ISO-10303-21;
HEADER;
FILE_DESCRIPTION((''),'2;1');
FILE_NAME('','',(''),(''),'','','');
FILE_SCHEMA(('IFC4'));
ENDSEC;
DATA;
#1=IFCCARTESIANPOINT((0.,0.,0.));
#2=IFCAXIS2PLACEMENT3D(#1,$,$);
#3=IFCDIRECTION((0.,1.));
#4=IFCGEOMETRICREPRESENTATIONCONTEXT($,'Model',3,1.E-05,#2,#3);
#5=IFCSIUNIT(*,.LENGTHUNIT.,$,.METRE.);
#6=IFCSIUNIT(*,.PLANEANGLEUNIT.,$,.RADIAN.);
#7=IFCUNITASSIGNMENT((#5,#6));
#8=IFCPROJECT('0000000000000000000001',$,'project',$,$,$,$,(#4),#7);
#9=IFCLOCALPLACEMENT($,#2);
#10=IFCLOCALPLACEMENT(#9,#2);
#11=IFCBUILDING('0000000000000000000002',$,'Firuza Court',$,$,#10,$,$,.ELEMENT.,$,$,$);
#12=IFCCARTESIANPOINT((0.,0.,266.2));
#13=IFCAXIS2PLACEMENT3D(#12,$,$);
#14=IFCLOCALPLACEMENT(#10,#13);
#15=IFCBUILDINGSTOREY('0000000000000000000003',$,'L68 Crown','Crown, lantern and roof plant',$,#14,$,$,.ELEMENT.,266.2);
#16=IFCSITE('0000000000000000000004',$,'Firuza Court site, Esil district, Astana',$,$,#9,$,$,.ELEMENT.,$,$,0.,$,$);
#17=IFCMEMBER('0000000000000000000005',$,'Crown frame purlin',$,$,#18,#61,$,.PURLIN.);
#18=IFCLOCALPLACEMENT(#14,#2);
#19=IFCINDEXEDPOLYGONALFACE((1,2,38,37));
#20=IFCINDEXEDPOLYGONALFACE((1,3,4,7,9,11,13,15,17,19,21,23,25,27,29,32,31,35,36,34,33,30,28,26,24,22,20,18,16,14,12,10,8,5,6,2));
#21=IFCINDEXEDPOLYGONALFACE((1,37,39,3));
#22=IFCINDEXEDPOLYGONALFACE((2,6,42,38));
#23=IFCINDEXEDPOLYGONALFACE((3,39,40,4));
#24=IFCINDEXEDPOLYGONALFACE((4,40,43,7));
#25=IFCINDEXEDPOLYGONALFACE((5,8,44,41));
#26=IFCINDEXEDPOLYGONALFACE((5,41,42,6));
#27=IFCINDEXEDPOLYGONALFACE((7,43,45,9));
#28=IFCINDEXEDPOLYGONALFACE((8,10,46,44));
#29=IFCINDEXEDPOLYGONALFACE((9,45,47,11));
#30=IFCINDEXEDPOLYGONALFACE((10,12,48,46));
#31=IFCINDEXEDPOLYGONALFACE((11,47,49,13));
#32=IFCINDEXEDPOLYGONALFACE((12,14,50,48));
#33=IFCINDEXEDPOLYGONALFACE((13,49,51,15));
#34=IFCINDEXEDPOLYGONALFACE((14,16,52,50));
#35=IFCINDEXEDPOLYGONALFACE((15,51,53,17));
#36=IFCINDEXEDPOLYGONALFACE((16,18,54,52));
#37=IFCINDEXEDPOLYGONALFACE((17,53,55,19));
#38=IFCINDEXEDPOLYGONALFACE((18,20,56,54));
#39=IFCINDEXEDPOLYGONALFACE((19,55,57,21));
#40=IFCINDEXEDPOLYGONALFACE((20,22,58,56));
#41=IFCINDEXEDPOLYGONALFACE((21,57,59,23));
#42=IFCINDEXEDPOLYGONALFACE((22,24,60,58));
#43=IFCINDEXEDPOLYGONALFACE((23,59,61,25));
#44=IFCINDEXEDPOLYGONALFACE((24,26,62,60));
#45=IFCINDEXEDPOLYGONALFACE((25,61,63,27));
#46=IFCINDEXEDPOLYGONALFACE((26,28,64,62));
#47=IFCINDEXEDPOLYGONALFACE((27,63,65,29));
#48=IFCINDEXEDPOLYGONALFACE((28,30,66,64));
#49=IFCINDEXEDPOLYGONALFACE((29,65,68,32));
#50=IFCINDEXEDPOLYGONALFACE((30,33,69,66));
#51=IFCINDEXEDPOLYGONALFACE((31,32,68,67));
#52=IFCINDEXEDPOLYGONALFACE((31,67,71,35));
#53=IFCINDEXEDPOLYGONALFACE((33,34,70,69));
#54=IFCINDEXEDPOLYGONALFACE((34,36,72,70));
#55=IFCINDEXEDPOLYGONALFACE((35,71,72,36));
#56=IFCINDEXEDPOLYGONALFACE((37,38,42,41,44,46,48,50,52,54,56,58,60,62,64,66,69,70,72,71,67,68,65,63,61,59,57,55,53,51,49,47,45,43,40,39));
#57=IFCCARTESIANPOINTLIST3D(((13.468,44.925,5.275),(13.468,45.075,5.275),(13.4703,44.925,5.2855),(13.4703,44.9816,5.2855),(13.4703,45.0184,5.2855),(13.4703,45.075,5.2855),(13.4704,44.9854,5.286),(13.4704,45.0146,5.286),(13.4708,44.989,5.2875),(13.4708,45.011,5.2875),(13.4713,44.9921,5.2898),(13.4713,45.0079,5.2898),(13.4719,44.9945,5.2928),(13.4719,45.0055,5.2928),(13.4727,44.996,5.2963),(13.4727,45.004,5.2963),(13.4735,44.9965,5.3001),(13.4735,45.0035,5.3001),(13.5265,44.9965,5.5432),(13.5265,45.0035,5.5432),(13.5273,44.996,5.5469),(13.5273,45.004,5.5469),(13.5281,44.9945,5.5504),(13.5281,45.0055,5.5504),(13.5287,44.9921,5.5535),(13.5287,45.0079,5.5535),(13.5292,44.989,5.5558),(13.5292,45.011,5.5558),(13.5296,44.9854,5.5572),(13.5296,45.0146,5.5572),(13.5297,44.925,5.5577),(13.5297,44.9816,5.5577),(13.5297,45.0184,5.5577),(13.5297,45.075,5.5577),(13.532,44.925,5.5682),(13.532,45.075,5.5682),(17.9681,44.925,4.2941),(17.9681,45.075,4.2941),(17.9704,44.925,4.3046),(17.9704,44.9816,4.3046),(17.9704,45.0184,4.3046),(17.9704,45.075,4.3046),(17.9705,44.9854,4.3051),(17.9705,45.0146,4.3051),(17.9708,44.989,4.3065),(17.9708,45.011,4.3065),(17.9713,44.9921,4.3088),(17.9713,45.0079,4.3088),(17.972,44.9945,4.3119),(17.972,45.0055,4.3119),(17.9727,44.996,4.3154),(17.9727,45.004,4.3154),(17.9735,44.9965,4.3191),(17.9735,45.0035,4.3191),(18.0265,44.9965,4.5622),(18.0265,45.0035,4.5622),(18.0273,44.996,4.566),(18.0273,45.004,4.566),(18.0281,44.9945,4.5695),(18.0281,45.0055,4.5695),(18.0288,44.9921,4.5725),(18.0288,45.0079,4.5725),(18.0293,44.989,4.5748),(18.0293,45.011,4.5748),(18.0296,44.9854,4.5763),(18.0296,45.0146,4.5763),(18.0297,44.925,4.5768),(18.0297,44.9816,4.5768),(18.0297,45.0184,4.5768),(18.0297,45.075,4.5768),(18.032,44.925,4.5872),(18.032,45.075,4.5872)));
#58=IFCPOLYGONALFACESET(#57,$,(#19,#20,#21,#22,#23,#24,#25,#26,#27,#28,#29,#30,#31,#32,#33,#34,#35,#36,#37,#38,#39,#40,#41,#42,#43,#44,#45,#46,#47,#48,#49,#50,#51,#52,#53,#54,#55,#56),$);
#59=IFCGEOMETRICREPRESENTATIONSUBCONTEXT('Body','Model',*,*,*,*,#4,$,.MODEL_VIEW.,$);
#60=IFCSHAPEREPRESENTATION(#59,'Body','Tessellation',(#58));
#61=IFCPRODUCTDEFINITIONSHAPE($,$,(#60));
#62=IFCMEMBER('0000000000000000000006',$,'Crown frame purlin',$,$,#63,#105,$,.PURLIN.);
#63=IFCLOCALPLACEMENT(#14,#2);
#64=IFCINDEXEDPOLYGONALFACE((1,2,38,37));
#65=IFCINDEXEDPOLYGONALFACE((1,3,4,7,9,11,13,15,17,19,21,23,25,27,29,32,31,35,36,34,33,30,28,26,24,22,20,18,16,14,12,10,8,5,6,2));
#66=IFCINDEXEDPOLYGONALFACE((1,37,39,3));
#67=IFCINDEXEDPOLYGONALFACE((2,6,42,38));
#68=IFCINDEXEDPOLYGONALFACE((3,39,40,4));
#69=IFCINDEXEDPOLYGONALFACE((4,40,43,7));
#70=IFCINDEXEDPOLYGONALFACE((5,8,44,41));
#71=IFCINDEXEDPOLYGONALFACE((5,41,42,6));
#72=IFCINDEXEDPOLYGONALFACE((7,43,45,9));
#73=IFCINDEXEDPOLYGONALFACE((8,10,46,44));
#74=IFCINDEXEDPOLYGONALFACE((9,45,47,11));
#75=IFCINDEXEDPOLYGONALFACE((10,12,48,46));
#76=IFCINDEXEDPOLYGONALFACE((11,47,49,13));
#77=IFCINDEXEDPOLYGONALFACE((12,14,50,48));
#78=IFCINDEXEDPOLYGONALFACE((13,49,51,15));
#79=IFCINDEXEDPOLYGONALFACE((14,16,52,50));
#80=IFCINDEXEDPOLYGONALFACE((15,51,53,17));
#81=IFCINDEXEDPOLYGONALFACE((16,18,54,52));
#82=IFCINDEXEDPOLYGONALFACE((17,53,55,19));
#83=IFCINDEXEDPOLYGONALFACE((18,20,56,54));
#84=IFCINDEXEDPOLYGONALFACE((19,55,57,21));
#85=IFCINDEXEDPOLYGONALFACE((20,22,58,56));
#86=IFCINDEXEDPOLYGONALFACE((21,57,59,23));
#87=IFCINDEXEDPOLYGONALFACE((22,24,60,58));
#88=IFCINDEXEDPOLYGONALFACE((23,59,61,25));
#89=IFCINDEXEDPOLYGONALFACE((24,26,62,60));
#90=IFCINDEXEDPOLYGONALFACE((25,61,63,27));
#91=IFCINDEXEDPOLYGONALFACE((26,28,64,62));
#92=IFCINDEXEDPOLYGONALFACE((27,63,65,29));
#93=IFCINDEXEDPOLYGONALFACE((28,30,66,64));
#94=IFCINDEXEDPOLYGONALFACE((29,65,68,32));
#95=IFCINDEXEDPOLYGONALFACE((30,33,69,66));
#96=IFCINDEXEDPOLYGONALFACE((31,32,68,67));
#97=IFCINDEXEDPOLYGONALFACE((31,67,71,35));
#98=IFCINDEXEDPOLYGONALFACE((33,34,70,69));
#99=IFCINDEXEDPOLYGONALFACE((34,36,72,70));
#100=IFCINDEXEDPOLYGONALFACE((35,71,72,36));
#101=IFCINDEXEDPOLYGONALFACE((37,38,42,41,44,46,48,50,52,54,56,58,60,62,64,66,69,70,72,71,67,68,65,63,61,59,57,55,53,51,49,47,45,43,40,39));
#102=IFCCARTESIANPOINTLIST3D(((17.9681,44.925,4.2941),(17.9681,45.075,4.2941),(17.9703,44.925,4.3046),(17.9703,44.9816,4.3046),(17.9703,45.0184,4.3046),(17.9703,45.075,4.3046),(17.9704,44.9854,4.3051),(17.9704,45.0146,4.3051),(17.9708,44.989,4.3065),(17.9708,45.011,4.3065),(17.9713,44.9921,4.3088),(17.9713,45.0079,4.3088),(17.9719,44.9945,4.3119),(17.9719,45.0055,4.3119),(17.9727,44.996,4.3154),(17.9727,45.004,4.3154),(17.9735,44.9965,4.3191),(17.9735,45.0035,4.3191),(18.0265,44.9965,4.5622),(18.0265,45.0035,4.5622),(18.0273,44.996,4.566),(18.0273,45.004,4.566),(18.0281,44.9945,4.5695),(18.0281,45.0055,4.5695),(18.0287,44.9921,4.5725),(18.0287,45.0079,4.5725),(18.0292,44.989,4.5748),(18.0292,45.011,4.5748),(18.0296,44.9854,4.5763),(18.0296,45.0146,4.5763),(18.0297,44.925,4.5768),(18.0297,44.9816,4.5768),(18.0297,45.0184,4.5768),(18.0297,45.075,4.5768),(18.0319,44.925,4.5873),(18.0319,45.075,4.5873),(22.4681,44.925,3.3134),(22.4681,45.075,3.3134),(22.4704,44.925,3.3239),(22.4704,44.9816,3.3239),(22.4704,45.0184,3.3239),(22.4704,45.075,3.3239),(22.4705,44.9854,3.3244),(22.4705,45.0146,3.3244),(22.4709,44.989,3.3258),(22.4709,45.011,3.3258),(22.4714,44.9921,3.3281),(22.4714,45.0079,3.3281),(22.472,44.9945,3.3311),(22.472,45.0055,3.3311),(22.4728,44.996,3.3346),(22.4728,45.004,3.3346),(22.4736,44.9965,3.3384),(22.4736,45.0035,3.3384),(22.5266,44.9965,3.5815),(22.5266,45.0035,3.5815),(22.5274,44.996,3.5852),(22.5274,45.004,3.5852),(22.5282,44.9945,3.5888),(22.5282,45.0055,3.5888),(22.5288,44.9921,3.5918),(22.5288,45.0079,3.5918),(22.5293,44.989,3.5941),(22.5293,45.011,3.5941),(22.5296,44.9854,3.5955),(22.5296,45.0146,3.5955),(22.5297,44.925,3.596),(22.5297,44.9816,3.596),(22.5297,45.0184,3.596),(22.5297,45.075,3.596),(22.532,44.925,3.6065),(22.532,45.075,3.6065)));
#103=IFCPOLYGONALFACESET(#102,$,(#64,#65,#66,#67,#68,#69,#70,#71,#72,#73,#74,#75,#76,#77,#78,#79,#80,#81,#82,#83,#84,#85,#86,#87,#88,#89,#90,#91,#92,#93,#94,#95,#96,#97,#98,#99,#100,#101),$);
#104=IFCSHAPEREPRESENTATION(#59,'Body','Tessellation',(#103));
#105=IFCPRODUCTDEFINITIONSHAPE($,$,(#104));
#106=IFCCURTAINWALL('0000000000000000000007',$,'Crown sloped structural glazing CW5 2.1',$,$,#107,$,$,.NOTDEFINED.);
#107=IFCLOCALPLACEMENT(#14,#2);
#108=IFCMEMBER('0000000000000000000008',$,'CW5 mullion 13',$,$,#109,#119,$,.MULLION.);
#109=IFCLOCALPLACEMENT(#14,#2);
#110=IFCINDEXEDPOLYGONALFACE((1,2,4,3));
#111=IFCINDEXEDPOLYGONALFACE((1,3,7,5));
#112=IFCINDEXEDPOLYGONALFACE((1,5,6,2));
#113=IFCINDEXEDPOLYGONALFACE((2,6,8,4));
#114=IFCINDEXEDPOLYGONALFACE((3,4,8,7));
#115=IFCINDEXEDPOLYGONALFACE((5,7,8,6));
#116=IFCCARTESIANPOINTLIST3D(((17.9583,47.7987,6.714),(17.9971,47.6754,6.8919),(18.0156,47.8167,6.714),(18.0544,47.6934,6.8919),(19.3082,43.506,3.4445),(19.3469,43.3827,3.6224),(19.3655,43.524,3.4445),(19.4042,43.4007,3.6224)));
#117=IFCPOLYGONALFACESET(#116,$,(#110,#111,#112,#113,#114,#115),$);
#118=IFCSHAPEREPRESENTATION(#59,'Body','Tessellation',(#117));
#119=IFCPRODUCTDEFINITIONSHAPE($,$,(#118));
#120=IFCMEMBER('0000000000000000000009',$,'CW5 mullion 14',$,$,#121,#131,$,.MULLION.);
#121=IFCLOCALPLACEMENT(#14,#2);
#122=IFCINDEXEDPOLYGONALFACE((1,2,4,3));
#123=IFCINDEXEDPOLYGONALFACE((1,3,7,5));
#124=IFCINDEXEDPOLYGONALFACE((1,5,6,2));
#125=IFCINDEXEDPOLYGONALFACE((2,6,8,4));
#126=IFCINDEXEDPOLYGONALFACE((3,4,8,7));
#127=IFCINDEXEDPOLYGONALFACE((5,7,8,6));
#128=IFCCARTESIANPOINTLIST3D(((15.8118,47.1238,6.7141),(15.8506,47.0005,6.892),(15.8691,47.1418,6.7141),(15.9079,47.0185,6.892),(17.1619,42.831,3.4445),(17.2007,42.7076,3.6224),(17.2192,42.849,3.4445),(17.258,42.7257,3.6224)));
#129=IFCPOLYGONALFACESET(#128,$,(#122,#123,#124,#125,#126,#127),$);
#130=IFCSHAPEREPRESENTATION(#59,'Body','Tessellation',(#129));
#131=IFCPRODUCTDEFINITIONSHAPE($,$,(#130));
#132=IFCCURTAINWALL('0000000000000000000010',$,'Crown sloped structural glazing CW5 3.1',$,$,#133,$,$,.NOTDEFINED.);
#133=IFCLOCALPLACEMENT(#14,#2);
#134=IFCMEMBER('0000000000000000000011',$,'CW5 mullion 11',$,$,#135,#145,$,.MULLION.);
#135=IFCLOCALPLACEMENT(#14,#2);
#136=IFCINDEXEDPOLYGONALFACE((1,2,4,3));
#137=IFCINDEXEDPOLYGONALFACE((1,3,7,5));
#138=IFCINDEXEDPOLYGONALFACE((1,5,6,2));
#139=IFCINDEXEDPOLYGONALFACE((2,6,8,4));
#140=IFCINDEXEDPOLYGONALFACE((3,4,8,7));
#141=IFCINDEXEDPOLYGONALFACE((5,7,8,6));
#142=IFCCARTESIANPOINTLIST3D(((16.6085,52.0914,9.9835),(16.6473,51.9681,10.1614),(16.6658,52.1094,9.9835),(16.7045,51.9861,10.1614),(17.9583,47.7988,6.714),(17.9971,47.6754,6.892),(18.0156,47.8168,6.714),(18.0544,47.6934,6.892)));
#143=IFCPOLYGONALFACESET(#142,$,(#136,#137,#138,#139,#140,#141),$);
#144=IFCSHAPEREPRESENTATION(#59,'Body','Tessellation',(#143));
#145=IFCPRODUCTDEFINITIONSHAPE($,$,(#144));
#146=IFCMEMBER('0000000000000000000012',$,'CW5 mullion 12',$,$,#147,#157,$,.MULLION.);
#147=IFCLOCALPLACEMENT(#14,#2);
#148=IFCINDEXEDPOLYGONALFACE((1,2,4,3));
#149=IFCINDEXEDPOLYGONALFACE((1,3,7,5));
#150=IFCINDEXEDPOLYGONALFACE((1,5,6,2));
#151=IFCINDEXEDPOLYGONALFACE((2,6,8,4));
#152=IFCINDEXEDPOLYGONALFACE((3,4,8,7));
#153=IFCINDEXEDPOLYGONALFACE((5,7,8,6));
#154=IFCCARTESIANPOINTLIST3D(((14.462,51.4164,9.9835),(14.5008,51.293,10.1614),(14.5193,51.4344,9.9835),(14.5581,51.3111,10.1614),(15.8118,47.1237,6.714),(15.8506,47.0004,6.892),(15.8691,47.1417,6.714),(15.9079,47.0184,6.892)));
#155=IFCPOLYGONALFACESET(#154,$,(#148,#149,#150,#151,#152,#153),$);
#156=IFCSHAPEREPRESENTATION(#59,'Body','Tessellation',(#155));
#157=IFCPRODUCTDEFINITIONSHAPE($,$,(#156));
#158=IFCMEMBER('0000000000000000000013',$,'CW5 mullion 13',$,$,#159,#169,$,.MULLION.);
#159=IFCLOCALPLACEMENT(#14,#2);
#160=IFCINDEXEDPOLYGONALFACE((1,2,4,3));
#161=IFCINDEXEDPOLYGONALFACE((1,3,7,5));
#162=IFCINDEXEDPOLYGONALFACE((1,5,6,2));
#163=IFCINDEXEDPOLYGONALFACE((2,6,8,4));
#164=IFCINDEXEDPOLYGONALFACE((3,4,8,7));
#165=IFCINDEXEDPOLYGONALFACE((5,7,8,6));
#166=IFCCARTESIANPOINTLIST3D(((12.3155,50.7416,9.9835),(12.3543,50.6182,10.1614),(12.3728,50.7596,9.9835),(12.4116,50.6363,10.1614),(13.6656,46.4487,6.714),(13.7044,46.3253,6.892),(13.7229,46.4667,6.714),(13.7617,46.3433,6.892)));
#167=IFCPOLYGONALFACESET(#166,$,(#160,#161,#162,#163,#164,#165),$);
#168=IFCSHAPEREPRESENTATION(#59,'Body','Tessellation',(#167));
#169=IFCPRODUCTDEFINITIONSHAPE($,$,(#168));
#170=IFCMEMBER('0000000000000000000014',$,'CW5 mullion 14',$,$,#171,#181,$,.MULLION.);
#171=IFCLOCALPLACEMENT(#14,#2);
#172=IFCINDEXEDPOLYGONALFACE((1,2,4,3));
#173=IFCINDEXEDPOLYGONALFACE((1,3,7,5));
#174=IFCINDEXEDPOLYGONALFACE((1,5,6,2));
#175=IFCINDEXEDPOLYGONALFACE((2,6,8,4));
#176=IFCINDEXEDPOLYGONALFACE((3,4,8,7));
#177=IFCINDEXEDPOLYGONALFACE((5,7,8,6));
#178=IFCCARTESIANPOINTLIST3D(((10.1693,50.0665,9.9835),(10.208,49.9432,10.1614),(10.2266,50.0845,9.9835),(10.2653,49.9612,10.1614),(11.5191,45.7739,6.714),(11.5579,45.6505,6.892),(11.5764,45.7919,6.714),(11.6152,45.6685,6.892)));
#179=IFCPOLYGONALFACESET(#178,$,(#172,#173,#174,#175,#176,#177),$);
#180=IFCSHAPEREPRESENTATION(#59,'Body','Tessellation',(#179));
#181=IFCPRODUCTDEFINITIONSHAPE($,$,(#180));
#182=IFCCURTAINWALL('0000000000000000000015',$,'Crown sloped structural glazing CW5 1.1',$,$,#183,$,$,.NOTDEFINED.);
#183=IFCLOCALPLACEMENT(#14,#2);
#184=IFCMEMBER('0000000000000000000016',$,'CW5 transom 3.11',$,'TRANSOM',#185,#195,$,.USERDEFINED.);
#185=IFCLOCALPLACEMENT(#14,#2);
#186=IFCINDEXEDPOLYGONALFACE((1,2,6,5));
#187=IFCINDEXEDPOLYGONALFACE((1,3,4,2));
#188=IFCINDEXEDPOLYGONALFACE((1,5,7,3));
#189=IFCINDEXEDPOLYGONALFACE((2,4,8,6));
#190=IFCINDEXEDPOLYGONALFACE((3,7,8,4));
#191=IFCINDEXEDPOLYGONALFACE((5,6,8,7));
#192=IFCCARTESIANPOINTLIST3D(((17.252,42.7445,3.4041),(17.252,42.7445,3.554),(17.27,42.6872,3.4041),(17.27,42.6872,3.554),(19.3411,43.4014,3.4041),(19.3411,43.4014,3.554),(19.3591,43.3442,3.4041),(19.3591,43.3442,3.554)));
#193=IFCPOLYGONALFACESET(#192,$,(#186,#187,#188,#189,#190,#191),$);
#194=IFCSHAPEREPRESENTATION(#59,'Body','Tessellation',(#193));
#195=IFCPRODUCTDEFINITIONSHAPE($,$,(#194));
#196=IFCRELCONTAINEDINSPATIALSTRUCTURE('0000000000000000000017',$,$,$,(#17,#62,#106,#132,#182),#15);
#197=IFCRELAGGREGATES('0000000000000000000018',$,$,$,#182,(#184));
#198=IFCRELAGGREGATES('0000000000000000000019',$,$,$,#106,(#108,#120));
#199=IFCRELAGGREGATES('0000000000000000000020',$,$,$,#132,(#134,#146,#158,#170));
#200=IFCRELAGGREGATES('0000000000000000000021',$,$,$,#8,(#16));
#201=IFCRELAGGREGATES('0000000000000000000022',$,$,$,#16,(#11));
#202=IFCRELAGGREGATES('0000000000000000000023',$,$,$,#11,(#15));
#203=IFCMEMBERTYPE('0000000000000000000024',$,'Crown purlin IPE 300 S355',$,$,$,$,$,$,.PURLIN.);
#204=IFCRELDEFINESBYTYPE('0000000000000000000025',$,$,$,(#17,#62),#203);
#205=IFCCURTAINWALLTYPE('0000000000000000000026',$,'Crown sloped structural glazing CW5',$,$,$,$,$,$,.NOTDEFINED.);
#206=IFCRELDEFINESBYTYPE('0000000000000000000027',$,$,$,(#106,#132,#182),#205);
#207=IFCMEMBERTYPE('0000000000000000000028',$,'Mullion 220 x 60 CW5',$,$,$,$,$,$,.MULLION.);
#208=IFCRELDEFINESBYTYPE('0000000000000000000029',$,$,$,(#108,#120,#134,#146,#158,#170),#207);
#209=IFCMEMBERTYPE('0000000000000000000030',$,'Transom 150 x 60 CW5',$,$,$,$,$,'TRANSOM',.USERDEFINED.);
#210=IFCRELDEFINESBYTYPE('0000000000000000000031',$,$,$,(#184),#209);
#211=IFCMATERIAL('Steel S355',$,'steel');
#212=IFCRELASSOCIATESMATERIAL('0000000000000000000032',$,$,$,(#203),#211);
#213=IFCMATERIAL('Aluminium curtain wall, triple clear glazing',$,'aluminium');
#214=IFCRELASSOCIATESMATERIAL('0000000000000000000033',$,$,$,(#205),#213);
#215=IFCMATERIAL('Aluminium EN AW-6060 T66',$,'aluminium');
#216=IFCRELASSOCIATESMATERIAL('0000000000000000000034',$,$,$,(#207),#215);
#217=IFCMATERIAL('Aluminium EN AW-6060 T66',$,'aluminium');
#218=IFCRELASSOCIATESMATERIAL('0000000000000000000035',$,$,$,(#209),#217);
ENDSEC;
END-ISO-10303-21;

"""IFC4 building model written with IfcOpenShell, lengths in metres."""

from ifc_helpers import new_model, si_unit, direction, frame, origin, origin_2d, place, context, subcontext, project, spatial, rectangle, i_section, extrude, material, material_profile, profile_set, type_object, element, aggregate, save


model = new_model("IFC4")

# Units and contexts
model_context = context("Model", 3, precision=1e-05, world=origin(), true_north=direction((0.0, 1.0)))
body_context = subcontext(model_context, "Body", "Model", "MODEL_VIEW")
ifc_project = project(units=[si_unit("LENGTHUNIT", "METRE"), si_unit("PLANEANGLEUNIT", "RADIAN")], contexts=[model_context])

# Site, building, storey
site_placement = place(None, origin())
site = spatial("IfcSite", under=ifc_project, at=site_placement, Name="Firuza Court site, Esil district, Astana", CompositionType="ELEMENT", RefElevation=0.0)
building_placement = place(site_placement, origin())
building = spatial("IfcBuilding", under=site, at=building_placement, Name="Firuza Court", CompositionType="ELEMENT")
storey_placement = place(building_placement, frame((0.0, 0.0, 266.2)))
storey = spatial("IfcBuildingStorey", under=building, at=storey_placement, Name="L68 Crown", Description="Crown, lantern and roof plant", CompositionType="ELEMENT", Elevation=266.2)

# Members
ifc_material_1 = material(Name="Steel S355", Category="steel")
ifc_material_profile_1 = material_profile(ifc_material_1, i_section(OverallWidth=0.1499, OverallDepth=0.3, WebThickness=0.0071, FlangeThickness=0.0107, FilletRadius=0.0149, at=origin_2d()), Name="IPE 300")
ifc_profile_set_1 = profile_set([ifc_material_profile_1], Name="Steel S355")
member_type_1 = type_object("IfcMemberType", Name="Crown purlin IPE 300 S355", PredefinedType="PURLIN", material=ifc_profile_set_1)
for number, where, z_axis, x_axis, name in (
    (1, (13.5, 45.0, 5.4216), (0.977055, 0.0, -0.212989), (0.0, 1.0, 0.0), "Crown frame purlin"),
    (2, (18.0, 45.0, 4.4407), (0.977066, 0.0, -0.212938), (0.0, 1.0, 0.0), "Crown frame purlin"),
):
    element("IfcMember", number, at=place(storey_placement, frame(where, z_axis=z_axis, x_axis=x_axis)), inside=storey, type_object=member_type_1, Name=name, PredefinedType="PURLIN", context=body_context, shape_type="SweptSolid", body=[
        extrude(i_section(OverallWidth=0.1499, OverallDepth=0.3, WebThickness=0.0071, FlangeThickness=0.0107, FilletRadius=0.0149, at=origin_2d()), origin(), (0.0, 0.0, 1.0), 4.6057),
    ])

# Curtain walls, members
ifc_material_2 = material(Name="Aluminium curtain wall, triple clear glazing", Category="aluminium")
curtain_wall_type = type_object("IfcCurtainWallType", Name="Crown sloped structural glazing CW5", PredefinedType="NOTDEFINED", material=ifc_material_2)
curtain_wall_1_placement = place(storey_placement, origin())
curtain_wall_1 = element("IfcCurtainWall", 3, at=curtain_wall_1_placement, inside=storey, type_object=curtain_wall_type, Name="Crown sloped structural glazing CW5 2.1", PredefinedType="NOTDEFINED")
ifc_material_3 = material(Name="Aluminium EN AW-6060 T66", Category="aluminium")
ifc_material_profile_2 = material_profile(ifc_material_3, rectangle(XDim=0.0601, YDim=0.22, at=origin_2d()), Name="Mullion 220 x 60 CW5")
ifc_profile_set_2 = profile_set([ifc_material_profile_2], Name="Aluminium EN AW-6060 T66")
member_type_2 = type_object("IfcMemberType", Name="Mullion 220 x 60 CW5", PredefinedType="MULLION", material=ifc_profile_set_2)
member_1_placement = place(storey_placement, frame((19.3562, 43.4534, 3.5334), z_axis=(-0.242678, 0.77175, 0.5878), x_axis=(-0.953948, -0.29997, 0.0)))
member_1 = element("IfcMember", 4, at=member_1_placement, type_object=member_type_2, Name="CW5 mullion 13", PredefinedType="MULLION", context=body_context, shape_type="SweptSolid", body=[
    extrude(rectangle(XDim=0.0601, YDim=0.22, at=origin_2d()), origin(), (0.0, 0.0, 1.0), 5.5623),
])
member_2_placement = place(storey_placement, frame((17.21, 42.7783, 3.5334), z_axis=(-0.242719, 0.771742, 0.587793), x_axis=(-0.953933, -0.30002, 0.0)))
member_2 = element("IfcMember", 5, at=member_2_placement, type_object=member_type_2, Name="CW5 mullion 14", PredefinedType="MULLION", context=body_context, shape_type="SweptSolid", body=[
    extrude(rectangle(XDim=0.0601, YDim=0.22, at=origin_2d()), origin(), (0.0, 0.0, 1.0), 5.5625),
])
curtain_wall_2_placement = place(storey_placement, origin())
curtain_wall_2 = element("IfcCurtainWall", 6, at=curtain_wall_2_placement, inside=storey, type_object=curtain_wall_type, Name="Crown sloped structural glazing CW5 3.1", PredefinedType="NOTDEFINED")
member_3_placement = place(storey_placement, frame((18.0063, 47.7461, 6.803), z_axis=(-0.242678, 0.77175, 0.5878), x_axis=(-0.953948, -0.29997, 0.0)))
member_3 = element("IfcMember", 7, at=member_3_placement, type_object=member_type_2, Name="CW5 mullion 11", PredefinedType="MULLION", context=body_context, shape_type="SweptSolid", body=[
    extrude(rectangle(XDim=0.0601, YDim=0.22, at=origin_2d()), origin(), (0.0, 0.0, 1.0), 5.5623),
])
member_4_placement = place(storey_placement, frame((15.8599, 47.071, 6.803), z_axis=(-0.242678, 0.77175, 0.5878), x_axis=(-0.953948, -0.29997, 0.0)))
member_4 = element("IfcMember", 8, at=member_4_placement, type_object=member_type_2, Name="CW5 mullion 12", PredefinedType="MULLION", context=body_context, shape_type="SweptSolid", body=[
    extrude(rectangle(XDim=0.0601, YDim=0.22, at=origin_2d()), origin(), (0.0, 0.0, 1.0), 5.5623),
])
member_5_placement = place(storey_placement, frame((13.7136, 46.396, 6.803), z_axis=(-0.242711, 0.77176, 0.587774), x_axis=(-0.953938, -0.300004, 0.0)))
member_5 = element("IfcMember", 9, at=member_5_placement, type_object=member_type_2, Name="CW5 mullion 13", PredefinedType="MULLION", context=body_context, shape_type="SweptSolid", body=[
    extrude(rectangle(XDim=0.0601, YDim=0.22, at=origin_2d()), origin(), (0.0, 0.0, 1.0), 5.5625),
])
member_6_placement = place(storey_placement, frame((11.5671, 45.7212, 6.803), z_axis=(-0.242678, 0.77175, 0.5878), x_axis=(-0.953948, -0.29997, 0.0)))
member_6 = element("IfcMember", 10, at=member_6_placement, type_object=member_type_2, Name="CW5 mullion 14", PredefinedType="MULLION", context=body_context, shape_type="SweptSolid", body=[
    extrude(rectangle(XDim=0.0601, YDim=0.22, at=origin_2d()), origin(), (0.0, 0.0, 1.0), 5.5623),
])
curtain_wall_3_placement = place(storey_placement, origin())
curtain_wall_3 = element("IfcCurtainWall", 11, at=curtain_wall_3_placement, inside=storey, type_object=curtain_wall_type, Name="Crown sloped structural glazing CW5 1.1", PredefinedType="NOTDEFINED")
ifc_material_4 = material(Name="Aluminium EN AW-6060 T66", Category="aluminium")
ifc_material_profile_3 = material_profile(ifc_material_4, rectangle(XDim=0.0601, YDim=0.1499, at=origin_2d()), Name="Transom 150 x 60 CW5")
ifc_profile_set_3 = profile_set([ifc_material_profile_3], Name="Aluminium EN AW-6060 T66")
member_type_3 = type_object("IfcMemberType", Name="Transom 150 x 60 CW5", ElementType="TRANSOM", PredefinedType="USERDEFINED", material=ifc_profile_set_3)
member_7_placement = place(storey_placement, frame((19.3501, 43.3728, 3.479), z_axis=(-0.953941, -0.299995, 0.0), x_axis=(0.299995, -0.953941, 0.0)))
member_7 = element("IfcMember", 12, at=member_7_placement, type_object=member_type_3, Name="CW5 transom 3.11", ObjectType="TRANSOM", PredefinedType="USERDEFINED", context=body_context, shape_type="SweptSolid", body=[
    extrude(rectangle(XDim=0.0601, YDim=0.1499, at=origin_2d()), origin(), (0.0, 0.0, 1.0), 2.1899),
])
aggregate(curtain_wall_3, [member_7])

aggregate(curtain_wall_1, [member_1, member_2])
aggregate(curtain_wall_2, [member_3, member_4, member_5, member_6])

save(model, "model.ifc")
